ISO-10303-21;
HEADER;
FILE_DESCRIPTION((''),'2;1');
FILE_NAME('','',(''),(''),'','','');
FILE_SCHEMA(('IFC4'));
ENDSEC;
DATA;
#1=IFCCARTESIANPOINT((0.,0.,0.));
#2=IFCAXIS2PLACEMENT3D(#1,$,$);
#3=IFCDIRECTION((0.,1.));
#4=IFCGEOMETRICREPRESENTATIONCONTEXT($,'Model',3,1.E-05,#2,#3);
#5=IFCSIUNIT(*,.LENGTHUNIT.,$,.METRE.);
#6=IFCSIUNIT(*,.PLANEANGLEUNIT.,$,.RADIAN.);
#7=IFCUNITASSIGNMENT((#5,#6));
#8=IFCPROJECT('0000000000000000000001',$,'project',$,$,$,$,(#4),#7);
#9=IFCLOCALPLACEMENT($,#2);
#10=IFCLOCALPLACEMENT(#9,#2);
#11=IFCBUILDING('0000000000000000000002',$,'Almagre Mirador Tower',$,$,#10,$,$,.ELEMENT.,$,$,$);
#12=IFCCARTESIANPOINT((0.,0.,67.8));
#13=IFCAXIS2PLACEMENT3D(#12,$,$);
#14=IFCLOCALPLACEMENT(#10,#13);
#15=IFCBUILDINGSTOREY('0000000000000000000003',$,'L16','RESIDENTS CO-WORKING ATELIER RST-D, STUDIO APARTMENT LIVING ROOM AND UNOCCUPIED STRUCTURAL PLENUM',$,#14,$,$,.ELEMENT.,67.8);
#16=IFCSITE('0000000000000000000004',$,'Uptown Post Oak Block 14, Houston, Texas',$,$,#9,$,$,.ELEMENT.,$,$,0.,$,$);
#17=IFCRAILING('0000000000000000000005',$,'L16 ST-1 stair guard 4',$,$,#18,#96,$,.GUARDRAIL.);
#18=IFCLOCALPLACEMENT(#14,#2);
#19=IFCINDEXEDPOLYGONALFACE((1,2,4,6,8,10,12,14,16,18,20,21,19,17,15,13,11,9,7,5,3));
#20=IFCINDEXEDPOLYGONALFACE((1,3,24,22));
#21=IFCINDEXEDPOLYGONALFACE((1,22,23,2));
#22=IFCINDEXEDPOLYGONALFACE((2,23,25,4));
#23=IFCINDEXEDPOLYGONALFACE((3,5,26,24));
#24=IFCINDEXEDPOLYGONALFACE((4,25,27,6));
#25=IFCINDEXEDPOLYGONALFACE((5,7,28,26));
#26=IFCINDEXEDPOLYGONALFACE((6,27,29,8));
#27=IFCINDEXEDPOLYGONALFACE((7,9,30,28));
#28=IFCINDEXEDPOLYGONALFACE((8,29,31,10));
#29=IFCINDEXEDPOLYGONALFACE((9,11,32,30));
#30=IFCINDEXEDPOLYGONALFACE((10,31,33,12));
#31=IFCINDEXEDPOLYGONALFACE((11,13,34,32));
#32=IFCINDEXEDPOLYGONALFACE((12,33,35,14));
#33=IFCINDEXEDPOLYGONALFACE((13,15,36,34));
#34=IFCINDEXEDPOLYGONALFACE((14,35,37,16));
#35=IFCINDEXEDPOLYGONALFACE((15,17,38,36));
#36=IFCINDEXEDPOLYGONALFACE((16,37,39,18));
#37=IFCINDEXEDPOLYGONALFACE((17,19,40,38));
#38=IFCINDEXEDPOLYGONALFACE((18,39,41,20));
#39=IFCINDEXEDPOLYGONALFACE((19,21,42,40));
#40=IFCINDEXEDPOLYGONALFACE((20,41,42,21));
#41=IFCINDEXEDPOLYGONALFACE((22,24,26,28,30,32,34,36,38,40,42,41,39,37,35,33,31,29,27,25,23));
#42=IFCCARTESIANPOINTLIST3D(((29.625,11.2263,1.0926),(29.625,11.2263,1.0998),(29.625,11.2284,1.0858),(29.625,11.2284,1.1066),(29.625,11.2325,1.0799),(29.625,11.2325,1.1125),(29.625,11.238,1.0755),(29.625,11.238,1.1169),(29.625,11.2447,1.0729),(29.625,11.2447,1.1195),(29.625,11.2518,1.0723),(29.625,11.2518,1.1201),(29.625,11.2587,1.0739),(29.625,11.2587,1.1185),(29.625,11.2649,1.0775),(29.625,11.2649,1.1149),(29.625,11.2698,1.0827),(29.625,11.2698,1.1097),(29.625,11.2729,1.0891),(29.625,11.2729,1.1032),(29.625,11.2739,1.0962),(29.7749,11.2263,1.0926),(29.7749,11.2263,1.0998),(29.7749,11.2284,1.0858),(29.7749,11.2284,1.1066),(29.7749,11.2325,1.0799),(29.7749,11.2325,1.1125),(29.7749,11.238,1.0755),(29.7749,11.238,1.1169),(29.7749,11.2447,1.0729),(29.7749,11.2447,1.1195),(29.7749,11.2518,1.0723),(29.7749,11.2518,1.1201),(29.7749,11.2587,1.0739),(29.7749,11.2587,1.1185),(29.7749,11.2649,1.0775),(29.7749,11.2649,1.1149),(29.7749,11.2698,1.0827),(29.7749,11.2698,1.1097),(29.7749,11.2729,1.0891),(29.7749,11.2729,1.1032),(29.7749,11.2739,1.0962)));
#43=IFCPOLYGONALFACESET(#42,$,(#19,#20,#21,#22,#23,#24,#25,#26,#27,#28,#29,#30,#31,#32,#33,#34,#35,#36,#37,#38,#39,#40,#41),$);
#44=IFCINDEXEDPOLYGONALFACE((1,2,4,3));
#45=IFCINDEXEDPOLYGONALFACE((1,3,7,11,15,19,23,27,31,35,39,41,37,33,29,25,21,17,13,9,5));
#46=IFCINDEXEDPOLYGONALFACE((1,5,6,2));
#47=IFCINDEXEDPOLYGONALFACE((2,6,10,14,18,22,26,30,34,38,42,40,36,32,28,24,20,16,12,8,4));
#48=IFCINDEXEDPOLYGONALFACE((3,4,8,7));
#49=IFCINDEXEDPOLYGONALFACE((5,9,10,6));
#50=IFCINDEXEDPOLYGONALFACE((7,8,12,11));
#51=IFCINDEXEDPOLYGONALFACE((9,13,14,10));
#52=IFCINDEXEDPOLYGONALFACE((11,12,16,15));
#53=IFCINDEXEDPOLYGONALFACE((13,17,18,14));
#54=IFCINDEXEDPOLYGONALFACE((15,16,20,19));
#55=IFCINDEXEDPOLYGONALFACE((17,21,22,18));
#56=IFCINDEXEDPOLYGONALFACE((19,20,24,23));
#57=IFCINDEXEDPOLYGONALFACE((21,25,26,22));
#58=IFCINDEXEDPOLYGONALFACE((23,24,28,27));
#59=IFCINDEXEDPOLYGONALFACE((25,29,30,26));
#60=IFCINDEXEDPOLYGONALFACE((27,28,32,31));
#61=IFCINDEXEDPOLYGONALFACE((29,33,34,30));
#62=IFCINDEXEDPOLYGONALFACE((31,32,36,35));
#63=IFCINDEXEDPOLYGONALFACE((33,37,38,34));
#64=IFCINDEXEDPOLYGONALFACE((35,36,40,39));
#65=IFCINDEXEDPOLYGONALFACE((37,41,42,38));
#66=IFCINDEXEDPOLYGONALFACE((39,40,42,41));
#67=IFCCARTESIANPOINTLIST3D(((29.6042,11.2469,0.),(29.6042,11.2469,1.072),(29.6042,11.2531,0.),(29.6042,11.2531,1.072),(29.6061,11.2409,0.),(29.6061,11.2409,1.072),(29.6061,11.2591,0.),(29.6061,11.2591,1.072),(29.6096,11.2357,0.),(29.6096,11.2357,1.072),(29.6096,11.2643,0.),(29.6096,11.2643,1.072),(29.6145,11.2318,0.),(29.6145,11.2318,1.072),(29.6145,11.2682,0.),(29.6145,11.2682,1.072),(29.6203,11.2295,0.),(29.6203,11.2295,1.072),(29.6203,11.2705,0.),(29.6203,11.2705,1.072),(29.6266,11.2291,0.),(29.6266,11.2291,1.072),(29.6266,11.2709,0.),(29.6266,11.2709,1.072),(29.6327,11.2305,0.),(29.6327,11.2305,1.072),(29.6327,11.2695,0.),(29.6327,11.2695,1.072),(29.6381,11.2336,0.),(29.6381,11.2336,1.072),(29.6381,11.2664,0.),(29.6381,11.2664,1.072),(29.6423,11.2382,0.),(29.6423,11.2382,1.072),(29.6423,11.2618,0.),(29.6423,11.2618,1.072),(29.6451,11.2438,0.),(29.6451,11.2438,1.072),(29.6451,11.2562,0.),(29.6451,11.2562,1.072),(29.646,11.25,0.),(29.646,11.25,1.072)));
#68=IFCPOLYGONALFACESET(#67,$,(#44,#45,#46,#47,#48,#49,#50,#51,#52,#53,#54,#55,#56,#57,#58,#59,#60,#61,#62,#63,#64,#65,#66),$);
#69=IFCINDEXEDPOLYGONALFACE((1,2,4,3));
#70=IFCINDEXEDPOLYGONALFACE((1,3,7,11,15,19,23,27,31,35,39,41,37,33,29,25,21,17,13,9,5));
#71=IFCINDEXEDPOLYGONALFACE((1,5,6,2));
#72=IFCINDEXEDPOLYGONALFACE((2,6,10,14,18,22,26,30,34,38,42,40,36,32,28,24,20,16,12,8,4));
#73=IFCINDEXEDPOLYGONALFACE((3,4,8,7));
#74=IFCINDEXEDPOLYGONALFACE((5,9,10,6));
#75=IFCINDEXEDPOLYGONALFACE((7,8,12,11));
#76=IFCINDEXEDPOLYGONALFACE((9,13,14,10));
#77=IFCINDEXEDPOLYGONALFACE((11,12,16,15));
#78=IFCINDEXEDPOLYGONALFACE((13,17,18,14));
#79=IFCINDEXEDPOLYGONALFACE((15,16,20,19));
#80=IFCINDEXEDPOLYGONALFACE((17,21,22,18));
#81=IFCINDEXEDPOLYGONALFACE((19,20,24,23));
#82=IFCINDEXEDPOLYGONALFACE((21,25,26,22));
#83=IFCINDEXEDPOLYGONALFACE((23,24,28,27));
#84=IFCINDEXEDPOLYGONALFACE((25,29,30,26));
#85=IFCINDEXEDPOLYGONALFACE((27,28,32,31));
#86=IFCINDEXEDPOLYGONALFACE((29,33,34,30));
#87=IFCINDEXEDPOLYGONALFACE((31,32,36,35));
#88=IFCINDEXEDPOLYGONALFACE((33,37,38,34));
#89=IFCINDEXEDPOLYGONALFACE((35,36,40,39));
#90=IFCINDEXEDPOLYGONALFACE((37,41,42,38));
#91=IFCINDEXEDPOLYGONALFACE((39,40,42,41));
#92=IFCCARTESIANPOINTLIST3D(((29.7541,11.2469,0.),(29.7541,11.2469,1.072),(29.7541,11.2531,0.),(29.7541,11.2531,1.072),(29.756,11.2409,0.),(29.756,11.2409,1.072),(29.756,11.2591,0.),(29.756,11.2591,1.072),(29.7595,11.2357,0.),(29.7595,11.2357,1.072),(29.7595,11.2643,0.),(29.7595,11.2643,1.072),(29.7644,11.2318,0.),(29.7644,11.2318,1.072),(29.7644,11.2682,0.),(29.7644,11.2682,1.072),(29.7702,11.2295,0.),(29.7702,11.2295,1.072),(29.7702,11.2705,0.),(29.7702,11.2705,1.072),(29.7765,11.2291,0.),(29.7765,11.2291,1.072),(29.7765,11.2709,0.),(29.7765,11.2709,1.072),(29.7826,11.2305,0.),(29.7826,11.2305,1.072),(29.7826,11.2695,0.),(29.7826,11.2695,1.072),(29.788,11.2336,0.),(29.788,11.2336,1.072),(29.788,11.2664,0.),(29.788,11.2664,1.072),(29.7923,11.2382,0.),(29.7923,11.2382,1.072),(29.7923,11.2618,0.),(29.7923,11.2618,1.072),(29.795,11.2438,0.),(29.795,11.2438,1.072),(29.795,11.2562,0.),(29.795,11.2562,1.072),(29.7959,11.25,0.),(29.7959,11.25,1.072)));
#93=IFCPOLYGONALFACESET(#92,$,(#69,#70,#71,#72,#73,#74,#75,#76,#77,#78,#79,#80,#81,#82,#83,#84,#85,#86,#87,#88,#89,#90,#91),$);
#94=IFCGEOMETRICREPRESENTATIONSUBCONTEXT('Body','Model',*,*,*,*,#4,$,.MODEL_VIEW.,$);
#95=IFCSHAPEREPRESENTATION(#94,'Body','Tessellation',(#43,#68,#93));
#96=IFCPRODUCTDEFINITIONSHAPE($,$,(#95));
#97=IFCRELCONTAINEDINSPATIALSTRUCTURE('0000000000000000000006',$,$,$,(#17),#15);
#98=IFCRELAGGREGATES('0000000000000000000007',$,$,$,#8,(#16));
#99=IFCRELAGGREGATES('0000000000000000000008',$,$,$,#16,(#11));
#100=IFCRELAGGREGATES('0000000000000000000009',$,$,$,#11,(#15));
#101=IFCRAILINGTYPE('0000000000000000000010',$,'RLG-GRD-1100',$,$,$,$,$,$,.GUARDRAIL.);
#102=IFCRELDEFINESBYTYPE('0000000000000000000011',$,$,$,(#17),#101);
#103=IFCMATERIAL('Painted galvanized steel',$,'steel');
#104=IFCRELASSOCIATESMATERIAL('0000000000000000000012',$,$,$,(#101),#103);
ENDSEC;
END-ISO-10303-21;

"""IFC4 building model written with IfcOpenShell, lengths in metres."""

from ifc_helpers import new_model, si_unit, direction, frame, origin, origin_2d, place, context, subcontext, project, spatial, circle, extrude, material, type_object, element, save


model = new_model("IFC4")

# Units and contexts
model_context = context("Model", 3, precision=1e-05, world=origin(), true_north=direction((0.0, 1.0)))
body_context = subcontext(model_context, "Body", "Model", "MODEL_VIEW")
ifc_project = project(units=[si_unit("LENGTHUNIT", "METRE"), si_unit("PLANEANGLEUNIT", "RADIAN")], contexts=[model_context])

# Site, building, storey
site_placement = place(None, origin())
site = spatial("IfcSite", under=ifc_project, at=site_placement, Name="Uptown Post Oak Block 14, Houston, Texas", CompositionType="ELEMENT", RefElevation=0.0)
building_placement = place(site_placement, origin())
building = spatial("IfcBuilding", under=site, at=building_placement, Name="Almagre Mirador Tower", CompositionType="ELEMENT")
storey_placement = place(building_placement, frame((0.0, 0.0, 67.8)))
storey = spatial("IfcBuildingStorey", under=building, at=storey_placement, Name="L16", Description="RESIDENTS CO-WORKING ATELIER RST-D, STUDIO APARTMENT LIVING ROOM AND UNOCCUPIED STRUCTURAL PLENUM", CompositionType="ELEMENT", Elevation=67.8)

# Railing
ifc_material_1 = material(Name="Painted galvanized steel", Category="steel")
railing_type_1 = type_object("IfcRailingType", Name="RLG-GRD-1100", PredefinedType="GUARDRAIL", material=ifc_material_1)
railing_1_placement = place(storey_placement, frame((29.625, 11.25, 0.0)))
element("IfcRailing", 1, at=railing_1_placement, inside=storey, type_object=railing_type_1, Name="L16 ST-1 stair guard 4", PredefinedType="GUARDRAIL", context=body_context, shape_type="SweptSolid", body=[
    extrude(circle(Radius=0.0239, at=origin_2d()), frame((0.0, 0.0, 1.0962), z_axis=(1.0, 0.0, 0.0), x_axis=(0.0, 1.0, 0.0)), (0.0, 0.0, 1.0), 0.1499),
    extrude(circle(Radius=0.021, at=origin_2d()), origin(), (0.0, 0.0, 1.0), 1.072),
    extrude(circle(Radius=0.021, at=origin_2d()), frame((0.1499, 0.0, 0.0)), (0.0, 0.0, 1.0), 1.072),
])

save(model, "model.ifc")
